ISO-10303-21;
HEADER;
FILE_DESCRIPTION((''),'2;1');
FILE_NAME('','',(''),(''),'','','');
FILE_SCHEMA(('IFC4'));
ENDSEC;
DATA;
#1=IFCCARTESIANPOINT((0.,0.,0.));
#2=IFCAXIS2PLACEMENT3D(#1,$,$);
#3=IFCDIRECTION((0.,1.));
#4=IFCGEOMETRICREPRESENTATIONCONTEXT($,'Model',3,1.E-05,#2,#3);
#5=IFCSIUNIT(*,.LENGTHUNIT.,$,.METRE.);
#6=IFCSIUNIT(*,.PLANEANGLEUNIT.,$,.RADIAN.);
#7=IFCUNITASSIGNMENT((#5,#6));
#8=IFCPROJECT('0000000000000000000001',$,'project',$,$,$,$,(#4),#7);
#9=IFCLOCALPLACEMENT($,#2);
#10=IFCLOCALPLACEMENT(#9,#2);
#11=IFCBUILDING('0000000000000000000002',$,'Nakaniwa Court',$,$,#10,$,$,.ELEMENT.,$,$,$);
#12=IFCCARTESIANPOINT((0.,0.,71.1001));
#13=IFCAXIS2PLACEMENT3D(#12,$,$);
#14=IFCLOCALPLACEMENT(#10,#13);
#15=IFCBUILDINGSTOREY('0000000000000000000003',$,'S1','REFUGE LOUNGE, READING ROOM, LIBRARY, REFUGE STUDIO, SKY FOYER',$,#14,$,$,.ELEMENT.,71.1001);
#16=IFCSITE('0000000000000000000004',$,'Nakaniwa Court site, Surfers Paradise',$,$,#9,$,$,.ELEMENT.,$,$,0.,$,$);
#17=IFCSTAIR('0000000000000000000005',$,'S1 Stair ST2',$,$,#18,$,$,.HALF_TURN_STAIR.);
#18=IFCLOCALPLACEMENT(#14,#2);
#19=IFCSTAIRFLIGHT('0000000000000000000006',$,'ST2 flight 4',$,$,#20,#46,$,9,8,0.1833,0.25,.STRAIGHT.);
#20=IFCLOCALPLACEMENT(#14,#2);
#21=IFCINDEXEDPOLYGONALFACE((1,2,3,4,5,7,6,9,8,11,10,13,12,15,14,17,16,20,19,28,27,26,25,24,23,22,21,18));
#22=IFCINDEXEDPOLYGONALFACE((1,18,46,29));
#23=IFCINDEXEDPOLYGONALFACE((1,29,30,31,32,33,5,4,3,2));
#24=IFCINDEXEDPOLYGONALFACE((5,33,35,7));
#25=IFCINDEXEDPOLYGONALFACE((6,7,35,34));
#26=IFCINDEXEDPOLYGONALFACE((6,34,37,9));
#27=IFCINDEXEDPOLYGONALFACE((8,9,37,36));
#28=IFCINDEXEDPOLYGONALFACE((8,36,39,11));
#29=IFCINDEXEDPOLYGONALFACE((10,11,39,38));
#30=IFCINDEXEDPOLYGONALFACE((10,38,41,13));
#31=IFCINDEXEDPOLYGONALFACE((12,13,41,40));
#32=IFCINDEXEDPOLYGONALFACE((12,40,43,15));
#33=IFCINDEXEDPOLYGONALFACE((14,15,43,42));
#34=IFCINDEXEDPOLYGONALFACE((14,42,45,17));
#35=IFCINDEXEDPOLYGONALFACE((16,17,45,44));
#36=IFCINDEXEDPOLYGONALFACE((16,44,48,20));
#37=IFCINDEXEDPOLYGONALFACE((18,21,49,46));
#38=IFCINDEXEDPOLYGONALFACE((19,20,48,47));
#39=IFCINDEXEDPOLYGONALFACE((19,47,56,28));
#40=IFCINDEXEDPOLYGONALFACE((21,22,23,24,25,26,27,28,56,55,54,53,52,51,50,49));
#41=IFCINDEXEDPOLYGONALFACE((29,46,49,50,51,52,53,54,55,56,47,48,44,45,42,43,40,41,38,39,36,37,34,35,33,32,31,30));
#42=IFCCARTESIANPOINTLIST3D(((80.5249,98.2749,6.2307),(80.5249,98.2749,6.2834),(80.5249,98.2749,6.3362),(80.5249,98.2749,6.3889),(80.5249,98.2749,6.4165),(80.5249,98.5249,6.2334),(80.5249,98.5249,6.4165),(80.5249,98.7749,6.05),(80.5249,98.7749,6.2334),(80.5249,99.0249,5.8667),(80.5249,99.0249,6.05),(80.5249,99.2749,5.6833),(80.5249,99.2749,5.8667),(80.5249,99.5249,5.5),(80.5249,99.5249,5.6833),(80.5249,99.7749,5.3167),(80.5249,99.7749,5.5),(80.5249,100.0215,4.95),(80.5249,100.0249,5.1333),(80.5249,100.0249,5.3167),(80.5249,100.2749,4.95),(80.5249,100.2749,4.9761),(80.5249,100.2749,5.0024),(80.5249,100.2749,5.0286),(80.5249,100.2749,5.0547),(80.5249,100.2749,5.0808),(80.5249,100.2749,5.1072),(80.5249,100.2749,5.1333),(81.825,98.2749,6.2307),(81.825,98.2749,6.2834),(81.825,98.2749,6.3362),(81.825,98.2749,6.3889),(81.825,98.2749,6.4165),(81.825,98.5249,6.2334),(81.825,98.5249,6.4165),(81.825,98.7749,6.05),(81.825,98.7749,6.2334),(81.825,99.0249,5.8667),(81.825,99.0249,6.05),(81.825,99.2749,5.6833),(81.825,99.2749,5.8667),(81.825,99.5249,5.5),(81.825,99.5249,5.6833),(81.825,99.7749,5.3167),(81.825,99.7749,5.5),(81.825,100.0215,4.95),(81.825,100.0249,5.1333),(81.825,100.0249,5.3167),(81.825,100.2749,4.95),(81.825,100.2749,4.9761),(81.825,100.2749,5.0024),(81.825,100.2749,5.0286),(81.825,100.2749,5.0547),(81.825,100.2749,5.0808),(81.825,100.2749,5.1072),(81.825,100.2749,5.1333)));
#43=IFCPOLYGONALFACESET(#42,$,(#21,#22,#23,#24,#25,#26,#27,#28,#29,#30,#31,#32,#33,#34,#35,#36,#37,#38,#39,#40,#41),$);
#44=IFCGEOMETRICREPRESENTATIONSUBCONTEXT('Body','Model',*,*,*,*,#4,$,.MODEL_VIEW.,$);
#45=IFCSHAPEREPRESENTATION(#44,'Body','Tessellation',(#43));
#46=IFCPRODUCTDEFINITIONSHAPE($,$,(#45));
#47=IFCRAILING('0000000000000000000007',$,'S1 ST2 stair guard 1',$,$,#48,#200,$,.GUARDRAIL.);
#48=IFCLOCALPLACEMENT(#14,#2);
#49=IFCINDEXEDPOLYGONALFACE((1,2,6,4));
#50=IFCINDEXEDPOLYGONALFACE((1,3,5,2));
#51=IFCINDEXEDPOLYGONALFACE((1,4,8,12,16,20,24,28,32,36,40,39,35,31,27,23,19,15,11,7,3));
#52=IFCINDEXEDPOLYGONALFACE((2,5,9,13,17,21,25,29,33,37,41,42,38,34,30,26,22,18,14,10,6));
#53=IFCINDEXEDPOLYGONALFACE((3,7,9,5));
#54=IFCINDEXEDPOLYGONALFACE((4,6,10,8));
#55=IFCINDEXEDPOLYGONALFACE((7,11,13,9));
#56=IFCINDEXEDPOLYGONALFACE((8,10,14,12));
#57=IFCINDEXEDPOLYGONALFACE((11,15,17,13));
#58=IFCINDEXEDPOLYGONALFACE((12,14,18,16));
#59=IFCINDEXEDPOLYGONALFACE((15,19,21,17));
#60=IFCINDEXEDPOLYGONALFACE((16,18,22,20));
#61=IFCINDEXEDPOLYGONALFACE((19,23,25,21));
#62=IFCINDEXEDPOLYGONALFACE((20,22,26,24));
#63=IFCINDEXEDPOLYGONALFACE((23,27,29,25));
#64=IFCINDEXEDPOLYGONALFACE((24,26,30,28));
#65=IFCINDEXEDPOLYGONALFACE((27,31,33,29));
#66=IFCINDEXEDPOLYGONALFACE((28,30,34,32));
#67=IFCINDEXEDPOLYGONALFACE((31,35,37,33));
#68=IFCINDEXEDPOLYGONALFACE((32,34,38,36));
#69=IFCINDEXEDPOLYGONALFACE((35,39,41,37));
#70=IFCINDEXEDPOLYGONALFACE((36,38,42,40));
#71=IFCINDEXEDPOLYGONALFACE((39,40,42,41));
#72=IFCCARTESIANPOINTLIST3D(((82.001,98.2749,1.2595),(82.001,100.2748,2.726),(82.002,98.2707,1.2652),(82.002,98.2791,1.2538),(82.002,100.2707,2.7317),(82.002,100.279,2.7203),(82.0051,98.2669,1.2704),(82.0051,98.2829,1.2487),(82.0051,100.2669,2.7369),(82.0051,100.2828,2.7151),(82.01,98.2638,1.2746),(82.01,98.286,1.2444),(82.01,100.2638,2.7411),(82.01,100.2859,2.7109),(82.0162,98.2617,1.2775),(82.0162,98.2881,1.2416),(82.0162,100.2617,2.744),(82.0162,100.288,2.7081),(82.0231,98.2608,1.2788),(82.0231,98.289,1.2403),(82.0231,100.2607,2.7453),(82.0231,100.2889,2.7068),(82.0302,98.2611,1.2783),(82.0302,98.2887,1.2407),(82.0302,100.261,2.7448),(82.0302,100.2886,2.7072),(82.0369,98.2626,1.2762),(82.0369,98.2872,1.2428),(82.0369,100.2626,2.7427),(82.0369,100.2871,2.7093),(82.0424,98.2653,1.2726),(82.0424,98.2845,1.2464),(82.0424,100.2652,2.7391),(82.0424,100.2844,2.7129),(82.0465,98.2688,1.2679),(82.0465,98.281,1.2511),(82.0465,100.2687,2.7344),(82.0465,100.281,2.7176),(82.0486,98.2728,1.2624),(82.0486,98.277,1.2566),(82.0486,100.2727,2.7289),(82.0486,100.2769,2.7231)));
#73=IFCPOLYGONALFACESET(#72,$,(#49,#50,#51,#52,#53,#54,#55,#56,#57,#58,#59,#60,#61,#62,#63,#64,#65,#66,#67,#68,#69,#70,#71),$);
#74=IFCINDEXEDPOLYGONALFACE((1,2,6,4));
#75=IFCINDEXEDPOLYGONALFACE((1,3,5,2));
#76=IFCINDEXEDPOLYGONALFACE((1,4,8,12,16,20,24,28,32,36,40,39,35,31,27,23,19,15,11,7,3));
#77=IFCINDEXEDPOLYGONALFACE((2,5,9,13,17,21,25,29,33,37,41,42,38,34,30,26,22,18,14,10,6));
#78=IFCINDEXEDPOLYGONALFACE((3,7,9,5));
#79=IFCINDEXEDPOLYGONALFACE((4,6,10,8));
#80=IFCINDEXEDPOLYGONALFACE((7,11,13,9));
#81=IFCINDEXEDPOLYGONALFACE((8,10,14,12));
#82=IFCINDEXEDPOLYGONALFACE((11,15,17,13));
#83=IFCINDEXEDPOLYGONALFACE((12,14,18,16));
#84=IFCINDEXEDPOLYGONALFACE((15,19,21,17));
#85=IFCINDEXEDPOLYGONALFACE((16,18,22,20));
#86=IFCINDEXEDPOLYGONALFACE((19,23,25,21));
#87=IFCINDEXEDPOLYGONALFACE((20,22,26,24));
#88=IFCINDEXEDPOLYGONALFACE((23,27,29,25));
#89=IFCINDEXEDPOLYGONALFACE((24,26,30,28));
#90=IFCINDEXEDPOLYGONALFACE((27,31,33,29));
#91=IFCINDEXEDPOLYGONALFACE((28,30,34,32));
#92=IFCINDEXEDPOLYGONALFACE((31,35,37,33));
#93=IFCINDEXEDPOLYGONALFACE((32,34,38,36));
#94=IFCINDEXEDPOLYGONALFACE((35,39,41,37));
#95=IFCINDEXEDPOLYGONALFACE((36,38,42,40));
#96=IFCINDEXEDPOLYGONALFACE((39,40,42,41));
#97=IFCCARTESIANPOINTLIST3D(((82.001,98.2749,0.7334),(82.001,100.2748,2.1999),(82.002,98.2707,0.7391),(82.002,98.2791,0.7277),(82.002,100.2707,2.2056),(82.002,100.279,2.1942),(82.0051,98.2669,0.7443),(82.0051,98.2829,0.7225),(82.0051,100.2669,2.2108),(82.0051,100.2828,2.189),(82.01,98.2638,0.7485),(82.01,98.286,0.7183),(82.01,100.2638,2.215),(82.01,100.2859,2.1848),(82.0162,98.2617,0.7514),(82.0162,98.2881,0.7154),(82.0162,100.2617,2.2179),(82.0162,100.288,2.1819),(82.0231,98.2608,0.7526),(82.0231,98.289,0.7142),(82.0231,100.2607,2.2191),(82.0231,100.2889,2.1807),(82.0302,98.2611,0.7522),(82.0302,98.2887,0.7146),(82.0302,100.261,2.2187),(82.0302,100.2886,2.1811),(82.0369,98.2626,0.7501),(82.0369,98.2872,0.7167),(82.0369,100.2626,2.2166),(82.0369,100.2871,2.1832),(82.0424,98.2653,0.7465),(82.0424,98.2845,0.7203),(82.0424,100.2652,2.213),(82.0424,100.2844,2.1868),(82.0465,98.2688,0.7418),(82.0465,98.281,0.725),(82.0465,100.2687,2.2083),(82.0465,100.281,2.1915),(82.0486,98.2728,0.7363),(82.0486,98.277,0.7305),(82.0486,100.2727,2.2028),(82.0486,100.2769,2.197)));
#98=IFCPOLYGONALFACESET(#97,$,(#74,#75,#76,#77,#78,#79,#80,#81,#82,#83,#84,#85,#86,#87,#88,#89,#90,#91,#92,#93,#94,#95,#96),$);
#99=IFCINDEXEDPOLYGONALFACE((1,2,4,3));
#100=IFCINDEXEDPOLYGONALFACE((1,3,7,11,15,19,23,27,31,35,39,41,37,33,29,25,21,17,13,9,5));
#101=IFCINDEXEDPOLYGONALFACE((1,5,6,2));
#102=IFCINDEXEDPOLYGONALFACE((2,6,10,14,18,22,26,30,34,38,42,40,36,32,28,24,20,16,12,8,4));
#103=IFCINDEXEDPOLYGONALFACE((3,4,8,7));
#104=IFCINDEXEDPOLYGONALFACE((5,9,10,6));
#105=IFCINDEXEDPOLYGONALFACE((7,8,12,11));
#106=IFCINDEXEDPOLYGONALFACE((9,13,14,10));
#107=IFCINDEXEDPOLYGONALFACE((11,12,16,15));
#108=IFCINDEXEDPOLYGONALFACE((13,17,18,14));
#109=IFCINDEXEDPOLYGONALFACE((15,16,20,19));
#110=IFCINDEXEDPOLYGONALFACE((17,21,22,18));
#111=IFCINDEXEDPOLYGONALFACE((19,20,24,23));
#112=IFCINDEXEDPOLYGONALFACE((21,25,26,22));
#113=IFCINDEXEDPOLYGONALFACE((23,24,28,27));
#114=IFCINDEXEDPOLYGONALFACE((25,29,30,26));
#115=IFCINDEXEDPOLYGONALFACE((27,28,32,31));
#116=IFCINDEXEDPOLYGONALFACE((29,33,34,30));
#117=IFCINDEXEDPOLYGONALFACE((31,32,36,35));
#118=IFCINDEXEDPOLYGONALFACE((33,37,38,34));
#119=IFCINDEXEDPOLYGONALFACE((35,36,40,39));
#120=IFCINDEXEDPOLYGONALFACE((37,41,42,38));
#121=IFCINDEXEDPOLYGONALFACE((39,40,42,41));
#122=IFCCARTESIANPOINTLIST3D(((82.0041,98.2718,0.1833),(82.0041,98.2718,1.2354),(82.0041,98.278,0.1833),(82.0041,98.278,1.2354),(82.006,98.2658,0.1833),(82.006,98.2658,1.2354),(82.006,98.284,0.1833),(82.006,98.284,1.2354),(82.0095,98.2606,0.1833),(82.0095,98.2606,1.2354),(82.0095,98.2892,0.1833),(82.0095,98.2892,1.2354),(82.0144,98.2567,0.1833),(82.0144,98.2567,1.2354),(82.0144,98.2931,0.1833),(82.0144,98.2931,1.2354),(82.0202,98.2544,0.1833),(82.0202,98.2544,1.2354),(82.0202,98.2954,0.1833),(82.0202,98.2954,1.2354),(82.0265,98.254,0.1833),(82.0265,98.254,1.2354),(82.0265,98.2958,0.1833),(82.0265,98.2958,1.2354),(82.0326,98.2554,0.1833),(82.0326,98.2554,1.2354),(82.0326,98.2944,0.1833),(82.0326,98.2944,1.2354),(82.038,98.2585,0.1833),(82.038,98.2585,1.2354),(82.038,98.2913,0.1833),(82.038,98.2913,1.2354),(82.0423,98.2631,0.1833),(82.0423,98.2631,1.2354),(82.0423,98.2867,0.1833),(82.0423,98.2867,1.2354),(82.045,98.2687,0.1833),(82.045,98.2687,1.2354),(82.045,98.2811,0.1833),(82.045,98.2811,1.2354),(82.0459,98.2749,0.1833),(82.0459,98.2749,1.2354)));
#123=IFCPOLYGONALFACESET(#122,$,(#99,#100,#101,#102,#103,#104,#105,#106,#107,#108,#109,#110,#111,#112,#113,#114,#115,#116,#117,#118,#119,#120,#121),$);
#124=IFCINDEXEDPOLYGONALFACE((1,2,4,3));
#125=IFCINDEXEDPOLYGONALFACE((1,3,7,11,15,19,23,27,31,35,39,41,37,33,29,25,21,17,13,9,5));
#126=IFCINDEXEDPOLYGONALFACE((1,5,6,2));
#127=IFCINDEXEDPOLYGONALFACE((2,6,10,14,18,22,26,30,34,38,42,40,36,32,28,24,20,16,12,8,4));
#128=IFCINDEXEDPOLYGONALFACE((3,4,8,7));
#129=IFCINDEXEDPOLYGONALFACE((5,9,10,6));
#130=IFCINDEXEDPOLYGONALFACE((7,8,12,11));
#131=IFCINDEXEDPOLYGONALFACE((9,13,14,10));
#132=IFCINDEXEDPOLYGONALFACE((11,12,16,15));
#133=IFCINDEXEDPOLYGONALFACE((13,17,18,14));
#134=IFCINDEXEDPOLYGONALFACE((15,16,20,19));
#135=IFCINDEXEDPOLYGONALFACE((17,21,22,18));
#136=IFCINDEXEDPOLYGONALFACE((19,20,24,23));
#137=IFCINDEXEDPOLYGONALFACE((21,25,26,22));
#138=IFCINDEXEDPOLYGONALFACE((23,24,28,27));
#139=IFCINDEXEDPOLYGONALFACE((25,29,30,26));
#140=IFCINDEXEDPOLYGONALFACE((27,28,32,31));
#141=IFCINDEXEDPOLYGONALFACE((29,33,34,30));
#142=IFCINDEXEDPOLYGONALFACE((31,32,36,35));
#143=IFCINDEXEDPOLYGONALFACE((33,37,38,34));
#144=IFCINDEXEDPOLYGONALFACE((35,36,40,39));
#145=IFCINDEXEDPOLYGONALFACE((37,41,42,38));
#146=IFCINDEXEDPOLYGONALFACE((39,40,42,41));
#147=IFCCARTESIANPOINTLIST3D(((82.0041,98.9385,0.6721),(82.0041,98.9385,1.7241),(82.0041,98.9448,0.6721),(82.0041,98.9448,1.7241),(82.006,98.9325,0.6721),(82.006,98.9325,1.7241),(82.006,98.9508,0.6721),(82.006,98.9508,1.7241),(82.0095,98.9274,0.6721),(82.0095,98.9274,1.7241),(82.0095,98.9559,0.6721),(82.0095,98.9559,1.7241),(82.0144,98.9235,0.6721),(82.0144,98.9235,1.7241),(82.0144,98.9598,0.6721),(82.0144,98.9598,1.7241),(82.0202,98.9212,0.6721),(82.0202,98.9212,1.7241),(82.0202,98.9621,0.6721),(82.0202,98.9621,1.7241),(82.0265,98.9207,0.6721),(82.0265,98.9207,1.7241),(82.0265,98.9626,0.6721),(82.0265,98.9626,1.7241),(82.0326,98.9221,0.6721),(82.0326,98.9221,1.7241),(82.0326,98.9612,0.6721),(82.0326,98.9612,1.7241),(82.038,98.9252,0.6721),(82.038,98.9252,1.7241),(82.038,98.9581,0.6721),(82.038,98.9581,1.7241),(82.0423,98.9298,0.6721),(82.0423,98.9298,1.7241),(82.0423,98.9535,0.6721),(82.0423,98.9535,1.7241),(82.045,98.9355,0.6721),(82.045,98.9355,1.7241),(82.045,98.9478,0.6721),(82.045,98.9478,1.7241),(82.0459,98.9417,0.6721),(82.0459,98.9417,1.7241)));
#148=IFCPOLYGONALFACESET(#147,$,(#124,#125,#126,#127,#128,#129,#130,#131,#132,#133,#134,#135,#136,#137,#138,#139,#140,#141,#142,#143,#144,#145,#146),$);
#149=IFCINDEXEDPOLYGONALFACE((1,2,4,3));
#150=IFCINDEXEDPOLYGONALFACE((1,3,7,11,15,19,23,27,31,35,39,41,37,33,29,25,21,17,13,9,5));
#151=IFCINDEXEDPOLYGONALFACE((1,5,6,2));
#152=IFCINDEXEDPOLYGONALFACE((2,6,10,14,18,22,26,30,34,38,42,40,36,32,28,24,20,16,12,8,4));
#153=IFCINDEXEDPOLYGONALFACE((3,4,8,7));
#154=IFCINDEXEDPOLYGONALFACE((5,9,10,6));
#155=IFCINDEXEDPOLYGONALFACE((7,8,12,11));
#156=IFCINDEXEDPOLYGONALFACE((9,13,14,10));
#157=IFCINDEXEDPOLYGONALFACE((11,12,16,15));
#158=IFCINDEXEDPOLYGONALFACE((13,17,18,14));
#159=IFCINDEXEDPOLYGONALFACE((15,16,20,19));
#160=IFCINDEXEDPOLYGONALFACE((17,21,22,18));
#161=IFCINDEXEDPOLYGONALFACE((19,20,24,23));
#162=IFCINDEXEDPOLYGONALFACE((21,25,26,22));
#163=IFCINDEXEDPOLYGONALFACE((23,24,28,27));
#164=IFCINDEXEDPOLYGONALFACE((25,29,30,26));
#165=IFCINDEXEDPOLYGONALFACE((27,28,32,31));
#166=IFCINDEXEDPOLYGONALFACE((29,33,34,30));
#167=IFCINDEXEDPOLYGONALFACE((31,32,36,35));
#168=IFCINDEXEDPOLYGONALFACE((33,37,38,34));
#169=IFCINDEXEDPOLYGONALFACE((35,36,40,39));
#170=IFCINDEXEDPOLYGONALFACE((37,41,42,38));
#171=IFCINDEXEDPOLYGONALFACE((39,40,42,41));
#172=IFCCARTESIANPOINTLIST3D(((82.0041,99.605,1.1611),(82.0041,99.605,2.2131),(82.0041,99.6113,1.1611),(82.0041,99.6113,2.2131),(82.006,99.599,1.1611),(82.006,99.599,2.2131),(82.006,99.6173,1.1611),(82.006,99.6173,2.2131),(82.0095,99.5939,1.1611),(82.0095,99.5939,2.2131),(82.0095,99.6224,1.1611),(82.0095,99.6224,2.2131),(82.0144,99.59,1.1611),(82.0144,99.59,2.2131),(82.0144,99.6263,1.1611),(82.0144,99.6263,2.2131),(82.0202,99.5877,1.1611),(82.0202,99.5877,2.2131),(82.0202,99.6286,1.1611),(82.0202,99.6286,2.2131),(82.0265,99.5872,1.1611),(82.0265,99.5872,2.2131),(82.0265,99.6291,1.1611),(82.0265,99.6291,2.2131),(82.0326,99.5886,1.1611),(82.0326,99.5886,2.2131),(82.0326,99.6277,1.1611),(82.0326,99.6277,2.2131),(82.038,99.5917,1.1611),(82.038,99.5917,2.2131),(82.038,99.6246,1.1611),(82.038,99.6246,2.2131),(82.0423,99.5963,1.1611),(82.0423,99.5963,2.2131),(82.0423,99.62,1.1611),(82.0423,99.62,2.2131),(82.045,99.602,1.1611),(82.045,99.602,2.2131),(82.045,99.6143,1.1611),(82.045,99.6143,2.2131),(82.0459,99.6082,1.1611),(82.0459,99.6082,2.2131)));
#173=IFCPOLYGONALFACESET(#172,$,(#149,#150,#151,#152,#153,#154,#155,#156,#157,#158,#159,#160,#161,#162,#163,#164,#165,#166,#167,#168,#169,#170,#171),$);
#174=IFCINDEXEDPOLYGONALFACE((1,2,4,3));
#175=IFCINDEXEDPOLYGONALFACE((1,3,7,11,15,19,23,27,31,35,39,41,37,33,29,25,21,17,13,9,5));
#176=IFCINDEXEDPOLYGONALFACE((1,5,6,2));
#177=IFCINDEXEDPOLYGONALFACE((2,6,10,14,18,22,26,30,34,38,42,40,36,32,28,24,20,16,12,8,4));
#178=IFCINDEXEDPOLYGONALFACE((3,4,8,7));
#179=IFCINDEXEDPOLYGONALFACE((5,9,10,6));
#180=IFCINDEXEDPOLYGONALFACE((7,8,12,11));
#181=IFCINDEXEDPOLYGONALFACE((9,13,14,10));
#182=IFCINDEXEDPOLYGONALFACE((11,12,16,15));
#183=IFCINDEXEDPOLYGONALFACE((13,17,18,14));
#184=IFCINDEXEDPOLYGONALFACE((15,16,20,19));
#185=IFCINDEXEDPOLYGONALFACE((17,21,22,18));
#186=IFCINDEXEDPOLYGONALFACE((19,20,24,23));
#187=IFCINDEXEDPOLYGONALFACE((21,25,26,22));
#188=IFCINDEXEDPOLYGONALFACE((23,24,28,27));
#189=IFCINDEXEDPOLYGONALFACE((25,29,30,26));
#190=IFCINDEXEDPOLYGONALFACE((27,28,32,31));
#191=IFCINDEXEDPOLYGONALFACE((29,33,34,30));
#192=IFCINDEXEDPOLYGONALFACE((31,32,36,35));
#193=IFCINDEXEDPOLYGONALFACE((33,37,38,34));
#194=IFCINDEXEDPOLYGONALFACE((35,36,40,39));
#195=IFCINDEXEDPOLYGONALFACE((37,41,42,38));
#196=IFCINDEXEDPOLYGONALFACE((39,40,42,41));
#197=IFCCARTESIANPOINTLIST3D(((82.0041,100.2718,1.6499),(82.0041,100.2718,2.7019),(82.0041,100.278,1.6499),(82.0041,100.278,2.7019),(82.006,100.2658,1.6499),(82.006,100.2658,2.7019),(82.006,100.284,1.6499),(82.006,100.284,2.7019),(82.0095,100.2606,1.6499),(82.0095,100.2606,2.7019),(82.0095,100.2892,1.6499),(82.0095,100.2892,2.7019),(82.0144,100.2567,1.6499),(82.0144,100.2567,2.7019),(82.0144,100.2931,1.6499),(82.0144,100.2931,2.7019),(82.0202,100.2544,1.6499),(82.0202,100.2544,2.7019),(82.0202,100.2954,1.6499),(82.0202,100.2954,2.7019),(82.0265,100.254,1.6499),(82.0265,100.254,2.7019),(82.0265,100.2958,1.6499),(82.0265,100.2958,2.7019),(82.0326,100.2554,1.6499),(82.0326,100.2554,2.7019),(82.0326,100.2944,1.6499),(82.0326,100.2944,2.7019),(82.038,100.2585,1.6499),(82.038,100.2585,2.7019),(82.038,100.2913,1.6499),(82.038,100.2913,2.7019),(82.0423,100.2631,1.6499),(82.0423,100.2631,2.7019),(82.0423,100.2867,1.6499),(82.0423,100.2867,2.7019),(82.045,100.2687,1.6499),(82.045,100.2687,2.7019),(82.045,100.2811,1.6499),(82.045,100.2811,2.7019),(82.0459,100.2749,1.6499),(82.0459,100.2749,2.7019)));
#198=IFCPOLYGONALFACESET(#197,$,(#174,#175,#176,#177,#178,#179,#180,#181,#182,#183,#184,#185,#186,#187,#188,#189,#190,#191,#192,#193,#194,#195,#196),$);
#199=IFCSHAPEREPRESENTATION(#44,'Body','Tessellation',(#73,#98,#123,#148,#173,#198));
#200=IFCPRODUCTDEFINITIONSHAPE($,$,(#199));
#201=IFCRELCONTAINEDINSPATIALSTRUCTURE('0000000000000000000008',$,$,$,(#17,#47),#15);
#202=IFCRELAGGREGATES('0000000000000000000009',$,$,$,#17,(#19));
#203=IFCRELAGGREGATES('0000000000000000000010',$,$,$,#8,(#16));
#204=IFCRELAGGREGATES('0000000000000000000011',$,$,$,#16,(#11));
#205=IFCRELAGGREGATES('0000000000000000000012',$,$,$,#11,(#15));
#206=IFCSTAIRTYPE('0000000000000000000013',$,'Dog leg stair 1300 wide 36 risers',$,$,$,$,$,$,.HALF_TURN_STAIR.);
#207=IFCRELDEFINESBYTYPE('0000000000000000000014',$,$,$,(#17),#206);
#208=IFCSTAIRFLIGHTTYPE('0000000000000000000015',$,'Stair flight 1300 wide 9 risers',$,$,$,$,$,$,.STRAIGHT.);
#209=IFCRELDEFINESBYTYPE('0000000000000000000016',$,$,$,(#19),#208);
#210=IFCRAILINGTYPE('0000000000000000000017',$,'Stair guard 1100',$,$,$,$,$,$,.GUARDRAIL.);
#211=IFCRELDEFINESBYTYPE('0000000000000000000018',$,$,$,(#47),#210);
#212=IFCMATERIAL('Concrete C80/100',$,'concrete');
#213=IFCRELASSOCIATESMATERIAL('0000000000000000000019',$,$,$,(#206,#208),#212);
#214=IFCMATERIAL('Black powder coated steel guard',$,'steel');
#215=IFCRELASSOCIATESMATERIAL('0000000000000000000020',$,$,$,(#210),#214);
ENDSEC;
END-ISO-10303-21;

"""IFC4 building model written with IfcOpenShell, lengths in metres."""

from ifc_helpers import new_model, si_unit, direction, frame, origin, origin_2d, place, context, subcontext, project, spatial, polyline, circle, outline, extrude, material, type_object, element, aggregate, save


model = new_model("IFC4")

# Units and contexts
model_context = context("Model", 3, precision=1e-05, world=origin(), true_north=direction((0.0, 1.0)))
body_context = subcontext(model_context, "Body", "Model", "MODEL_VIEW")
ifc_project = project(units=[si_unit("LENGTHUNIT", "METRE"), si_unit("PLANEANGLEUNIT", "RADIAN")], contexts=[model_context])

# Site, building, storey
site_placement = place(None, origin())
site = spatial("IfcSite", under=ifc_project, at=site_placement, Name="Nakaniwa Court site, Surfers Paradise", CompositionType="ELEMENT", RefElevation=0.0)
building_placement = place(site_placement, origin())
building = spatial("IfcBuilding", under=site, at=building_placement, Name="Nakaniwa Court", CompositionType="ELEMENT")
storey_placement = place(building_placement, frame((0.0, 0.0, 71.1001)))
storey = spatial("IfcBuildingStorey", under=building, at=storey_placement, Name="S1", Description="REFUGE LOUNGE, READING ROOM, LIBRARY, REFUGE STUDIO, SKY FOYER", CompositionType="ELEMENT", Elevation=71.1001)

# Shared definitions
ifc_material_1 = material(Name="Concrete C80/100", Category="concrete")

# Stair, stair flight
stair_type = type_object("IfcStairType", Name="Dog leg stair 1300 wide 36 risers", PredefinedType="HALF_TURN_STAIR", material=ifc_material_1)
stair_placement = place(storey_placement, origin())
stair = element("IfcStair", 1, at=stair_placement, inside=storey, type_object=stair_type, Name="S1 Stair ST2", PredefinedType="HALF_TURN_STAIR")
stair_flight_type = type_object("IfcStairFlightType", Name="Stair flight 1300 wide 9 risers", PredefinedType="STRAIGHT", material=ifc_material_1)
stair_flight_1_placement = place(storey_placement, frame((81.175, 100.2749, 4.95), z_axis=(0.0, 0.0, 1.0), x_axis=(0.0, -1.0, 0.0)))
stair_flight_1 = element("IfcStairFlight", 2, at=stair_flight_1_placement, type_object=stair_flight_type, Name="ST2 flight 4", NumberOfRisers=9, NumberOfTreads=8, PredefinedType="STRAIGHT", RiserHeight=0.1833, TreadLength=0.25, context=body_context, shape_type="SweptSolid", body=[
    extrude(outline(polyline([(0.0, 0.0), (0.0, 0.0261), (0.0, 0.0525), (0.0, 0.0786), (0.0, 0.1047), (0.0, 0.1309), (0.0, 0.1572), (0.0, 0.1833), (0.25, 0.1833), (0.25, 0.3667), (0.5, 0.3667), (0.5, 0.55), (0.75, 0.55), (0.75, 0.7334), (1.0, 0.7334), (1.0, 0.9167), (1.25, 0.9167), (1.25, 1.1001), (1.5, 1.1001), (1.5, 1.2834), (1.75, 1.2834), (1.75, 1.4666), (2.0, 1.4666), (2.0, 1.6499), (2.0, 1.5972), (2.0, 1.5444), (2.0, 1.4917), (2.0, 1.439), (2.0, 1.3862), (2.0, 1.3335), (2.0, 1.2808), (0.2534, 0.0), (0.0, 0.0)])), frame((0.0, 0.6499, 0.0), z_axis=(0.0, -1.0, 0.0), x_axis=(1.0, 0.0, 0.0)), (0.0, 0.0, 1.0), 1.3),
])
aggregate(stair, [stair_flight_1])

# Railing
ifc_material_2 = material(Name="Black powder coated steel guard", Category="steel")
railing_type_1 = type_object("IfcRailingType", Name="Stair guard 1100", PredefinedType="GUARDRAIL", material=ifc_material_2)
railing_1_placement = place(storey_placement, frame((82.0249, 98.2749, 0.1833)))
element("IfcRailing", 3, at=railing_1_placement, inside=storey, type_object=railing_type_1, Name="S1 ST2 stair guard 1", PredefinedType="GUARDRAIL", context=body_context, shape_type="SweptSolid", body=[
    extrude(circle(Radius=0.0239, at=origin_2d()), frame((0.0, 0.0, 1.0762), z_axis=(0.0, 0.806427, 0.591334), x_axis=(-1.0, 0.0, 0.0)), (0.0, 0.0, 1.0), 2.48),
    extrude(circle(Radius=0.0239, at=origin_2d()), frame((0.0, 0.0, 0.55), z_axis=(0.0, 0.806427, 0.591334), x_axis=(-1.0, 0.0, 0.0)), (0.0, 0.0, 1.0), 2.48),
    extrude(circle(Radius=0.021, at=origin_2d()), origin(), (0.0, 0.0, 1.0), 1.052),
    extrude(circle(Radius=0.021, at=origin_2d()), frame((0.0, 0.6667, 0.4888)), (0.0, 0.0, 1.0), 1.052),
    extrude(circle(Radius=0.021, at=origin_2d()), frame((0.0, 1.3333, 0.9778)), (0.0, 0.0, 1.0), 1.052),
    extrude(circle(Radius=0.021, at=origin_2d()), frame((0.0, 2.0, 1.4666)), (0.0, 0.0, 1.0), 1.052),
])

save(model, "model.ifc")
